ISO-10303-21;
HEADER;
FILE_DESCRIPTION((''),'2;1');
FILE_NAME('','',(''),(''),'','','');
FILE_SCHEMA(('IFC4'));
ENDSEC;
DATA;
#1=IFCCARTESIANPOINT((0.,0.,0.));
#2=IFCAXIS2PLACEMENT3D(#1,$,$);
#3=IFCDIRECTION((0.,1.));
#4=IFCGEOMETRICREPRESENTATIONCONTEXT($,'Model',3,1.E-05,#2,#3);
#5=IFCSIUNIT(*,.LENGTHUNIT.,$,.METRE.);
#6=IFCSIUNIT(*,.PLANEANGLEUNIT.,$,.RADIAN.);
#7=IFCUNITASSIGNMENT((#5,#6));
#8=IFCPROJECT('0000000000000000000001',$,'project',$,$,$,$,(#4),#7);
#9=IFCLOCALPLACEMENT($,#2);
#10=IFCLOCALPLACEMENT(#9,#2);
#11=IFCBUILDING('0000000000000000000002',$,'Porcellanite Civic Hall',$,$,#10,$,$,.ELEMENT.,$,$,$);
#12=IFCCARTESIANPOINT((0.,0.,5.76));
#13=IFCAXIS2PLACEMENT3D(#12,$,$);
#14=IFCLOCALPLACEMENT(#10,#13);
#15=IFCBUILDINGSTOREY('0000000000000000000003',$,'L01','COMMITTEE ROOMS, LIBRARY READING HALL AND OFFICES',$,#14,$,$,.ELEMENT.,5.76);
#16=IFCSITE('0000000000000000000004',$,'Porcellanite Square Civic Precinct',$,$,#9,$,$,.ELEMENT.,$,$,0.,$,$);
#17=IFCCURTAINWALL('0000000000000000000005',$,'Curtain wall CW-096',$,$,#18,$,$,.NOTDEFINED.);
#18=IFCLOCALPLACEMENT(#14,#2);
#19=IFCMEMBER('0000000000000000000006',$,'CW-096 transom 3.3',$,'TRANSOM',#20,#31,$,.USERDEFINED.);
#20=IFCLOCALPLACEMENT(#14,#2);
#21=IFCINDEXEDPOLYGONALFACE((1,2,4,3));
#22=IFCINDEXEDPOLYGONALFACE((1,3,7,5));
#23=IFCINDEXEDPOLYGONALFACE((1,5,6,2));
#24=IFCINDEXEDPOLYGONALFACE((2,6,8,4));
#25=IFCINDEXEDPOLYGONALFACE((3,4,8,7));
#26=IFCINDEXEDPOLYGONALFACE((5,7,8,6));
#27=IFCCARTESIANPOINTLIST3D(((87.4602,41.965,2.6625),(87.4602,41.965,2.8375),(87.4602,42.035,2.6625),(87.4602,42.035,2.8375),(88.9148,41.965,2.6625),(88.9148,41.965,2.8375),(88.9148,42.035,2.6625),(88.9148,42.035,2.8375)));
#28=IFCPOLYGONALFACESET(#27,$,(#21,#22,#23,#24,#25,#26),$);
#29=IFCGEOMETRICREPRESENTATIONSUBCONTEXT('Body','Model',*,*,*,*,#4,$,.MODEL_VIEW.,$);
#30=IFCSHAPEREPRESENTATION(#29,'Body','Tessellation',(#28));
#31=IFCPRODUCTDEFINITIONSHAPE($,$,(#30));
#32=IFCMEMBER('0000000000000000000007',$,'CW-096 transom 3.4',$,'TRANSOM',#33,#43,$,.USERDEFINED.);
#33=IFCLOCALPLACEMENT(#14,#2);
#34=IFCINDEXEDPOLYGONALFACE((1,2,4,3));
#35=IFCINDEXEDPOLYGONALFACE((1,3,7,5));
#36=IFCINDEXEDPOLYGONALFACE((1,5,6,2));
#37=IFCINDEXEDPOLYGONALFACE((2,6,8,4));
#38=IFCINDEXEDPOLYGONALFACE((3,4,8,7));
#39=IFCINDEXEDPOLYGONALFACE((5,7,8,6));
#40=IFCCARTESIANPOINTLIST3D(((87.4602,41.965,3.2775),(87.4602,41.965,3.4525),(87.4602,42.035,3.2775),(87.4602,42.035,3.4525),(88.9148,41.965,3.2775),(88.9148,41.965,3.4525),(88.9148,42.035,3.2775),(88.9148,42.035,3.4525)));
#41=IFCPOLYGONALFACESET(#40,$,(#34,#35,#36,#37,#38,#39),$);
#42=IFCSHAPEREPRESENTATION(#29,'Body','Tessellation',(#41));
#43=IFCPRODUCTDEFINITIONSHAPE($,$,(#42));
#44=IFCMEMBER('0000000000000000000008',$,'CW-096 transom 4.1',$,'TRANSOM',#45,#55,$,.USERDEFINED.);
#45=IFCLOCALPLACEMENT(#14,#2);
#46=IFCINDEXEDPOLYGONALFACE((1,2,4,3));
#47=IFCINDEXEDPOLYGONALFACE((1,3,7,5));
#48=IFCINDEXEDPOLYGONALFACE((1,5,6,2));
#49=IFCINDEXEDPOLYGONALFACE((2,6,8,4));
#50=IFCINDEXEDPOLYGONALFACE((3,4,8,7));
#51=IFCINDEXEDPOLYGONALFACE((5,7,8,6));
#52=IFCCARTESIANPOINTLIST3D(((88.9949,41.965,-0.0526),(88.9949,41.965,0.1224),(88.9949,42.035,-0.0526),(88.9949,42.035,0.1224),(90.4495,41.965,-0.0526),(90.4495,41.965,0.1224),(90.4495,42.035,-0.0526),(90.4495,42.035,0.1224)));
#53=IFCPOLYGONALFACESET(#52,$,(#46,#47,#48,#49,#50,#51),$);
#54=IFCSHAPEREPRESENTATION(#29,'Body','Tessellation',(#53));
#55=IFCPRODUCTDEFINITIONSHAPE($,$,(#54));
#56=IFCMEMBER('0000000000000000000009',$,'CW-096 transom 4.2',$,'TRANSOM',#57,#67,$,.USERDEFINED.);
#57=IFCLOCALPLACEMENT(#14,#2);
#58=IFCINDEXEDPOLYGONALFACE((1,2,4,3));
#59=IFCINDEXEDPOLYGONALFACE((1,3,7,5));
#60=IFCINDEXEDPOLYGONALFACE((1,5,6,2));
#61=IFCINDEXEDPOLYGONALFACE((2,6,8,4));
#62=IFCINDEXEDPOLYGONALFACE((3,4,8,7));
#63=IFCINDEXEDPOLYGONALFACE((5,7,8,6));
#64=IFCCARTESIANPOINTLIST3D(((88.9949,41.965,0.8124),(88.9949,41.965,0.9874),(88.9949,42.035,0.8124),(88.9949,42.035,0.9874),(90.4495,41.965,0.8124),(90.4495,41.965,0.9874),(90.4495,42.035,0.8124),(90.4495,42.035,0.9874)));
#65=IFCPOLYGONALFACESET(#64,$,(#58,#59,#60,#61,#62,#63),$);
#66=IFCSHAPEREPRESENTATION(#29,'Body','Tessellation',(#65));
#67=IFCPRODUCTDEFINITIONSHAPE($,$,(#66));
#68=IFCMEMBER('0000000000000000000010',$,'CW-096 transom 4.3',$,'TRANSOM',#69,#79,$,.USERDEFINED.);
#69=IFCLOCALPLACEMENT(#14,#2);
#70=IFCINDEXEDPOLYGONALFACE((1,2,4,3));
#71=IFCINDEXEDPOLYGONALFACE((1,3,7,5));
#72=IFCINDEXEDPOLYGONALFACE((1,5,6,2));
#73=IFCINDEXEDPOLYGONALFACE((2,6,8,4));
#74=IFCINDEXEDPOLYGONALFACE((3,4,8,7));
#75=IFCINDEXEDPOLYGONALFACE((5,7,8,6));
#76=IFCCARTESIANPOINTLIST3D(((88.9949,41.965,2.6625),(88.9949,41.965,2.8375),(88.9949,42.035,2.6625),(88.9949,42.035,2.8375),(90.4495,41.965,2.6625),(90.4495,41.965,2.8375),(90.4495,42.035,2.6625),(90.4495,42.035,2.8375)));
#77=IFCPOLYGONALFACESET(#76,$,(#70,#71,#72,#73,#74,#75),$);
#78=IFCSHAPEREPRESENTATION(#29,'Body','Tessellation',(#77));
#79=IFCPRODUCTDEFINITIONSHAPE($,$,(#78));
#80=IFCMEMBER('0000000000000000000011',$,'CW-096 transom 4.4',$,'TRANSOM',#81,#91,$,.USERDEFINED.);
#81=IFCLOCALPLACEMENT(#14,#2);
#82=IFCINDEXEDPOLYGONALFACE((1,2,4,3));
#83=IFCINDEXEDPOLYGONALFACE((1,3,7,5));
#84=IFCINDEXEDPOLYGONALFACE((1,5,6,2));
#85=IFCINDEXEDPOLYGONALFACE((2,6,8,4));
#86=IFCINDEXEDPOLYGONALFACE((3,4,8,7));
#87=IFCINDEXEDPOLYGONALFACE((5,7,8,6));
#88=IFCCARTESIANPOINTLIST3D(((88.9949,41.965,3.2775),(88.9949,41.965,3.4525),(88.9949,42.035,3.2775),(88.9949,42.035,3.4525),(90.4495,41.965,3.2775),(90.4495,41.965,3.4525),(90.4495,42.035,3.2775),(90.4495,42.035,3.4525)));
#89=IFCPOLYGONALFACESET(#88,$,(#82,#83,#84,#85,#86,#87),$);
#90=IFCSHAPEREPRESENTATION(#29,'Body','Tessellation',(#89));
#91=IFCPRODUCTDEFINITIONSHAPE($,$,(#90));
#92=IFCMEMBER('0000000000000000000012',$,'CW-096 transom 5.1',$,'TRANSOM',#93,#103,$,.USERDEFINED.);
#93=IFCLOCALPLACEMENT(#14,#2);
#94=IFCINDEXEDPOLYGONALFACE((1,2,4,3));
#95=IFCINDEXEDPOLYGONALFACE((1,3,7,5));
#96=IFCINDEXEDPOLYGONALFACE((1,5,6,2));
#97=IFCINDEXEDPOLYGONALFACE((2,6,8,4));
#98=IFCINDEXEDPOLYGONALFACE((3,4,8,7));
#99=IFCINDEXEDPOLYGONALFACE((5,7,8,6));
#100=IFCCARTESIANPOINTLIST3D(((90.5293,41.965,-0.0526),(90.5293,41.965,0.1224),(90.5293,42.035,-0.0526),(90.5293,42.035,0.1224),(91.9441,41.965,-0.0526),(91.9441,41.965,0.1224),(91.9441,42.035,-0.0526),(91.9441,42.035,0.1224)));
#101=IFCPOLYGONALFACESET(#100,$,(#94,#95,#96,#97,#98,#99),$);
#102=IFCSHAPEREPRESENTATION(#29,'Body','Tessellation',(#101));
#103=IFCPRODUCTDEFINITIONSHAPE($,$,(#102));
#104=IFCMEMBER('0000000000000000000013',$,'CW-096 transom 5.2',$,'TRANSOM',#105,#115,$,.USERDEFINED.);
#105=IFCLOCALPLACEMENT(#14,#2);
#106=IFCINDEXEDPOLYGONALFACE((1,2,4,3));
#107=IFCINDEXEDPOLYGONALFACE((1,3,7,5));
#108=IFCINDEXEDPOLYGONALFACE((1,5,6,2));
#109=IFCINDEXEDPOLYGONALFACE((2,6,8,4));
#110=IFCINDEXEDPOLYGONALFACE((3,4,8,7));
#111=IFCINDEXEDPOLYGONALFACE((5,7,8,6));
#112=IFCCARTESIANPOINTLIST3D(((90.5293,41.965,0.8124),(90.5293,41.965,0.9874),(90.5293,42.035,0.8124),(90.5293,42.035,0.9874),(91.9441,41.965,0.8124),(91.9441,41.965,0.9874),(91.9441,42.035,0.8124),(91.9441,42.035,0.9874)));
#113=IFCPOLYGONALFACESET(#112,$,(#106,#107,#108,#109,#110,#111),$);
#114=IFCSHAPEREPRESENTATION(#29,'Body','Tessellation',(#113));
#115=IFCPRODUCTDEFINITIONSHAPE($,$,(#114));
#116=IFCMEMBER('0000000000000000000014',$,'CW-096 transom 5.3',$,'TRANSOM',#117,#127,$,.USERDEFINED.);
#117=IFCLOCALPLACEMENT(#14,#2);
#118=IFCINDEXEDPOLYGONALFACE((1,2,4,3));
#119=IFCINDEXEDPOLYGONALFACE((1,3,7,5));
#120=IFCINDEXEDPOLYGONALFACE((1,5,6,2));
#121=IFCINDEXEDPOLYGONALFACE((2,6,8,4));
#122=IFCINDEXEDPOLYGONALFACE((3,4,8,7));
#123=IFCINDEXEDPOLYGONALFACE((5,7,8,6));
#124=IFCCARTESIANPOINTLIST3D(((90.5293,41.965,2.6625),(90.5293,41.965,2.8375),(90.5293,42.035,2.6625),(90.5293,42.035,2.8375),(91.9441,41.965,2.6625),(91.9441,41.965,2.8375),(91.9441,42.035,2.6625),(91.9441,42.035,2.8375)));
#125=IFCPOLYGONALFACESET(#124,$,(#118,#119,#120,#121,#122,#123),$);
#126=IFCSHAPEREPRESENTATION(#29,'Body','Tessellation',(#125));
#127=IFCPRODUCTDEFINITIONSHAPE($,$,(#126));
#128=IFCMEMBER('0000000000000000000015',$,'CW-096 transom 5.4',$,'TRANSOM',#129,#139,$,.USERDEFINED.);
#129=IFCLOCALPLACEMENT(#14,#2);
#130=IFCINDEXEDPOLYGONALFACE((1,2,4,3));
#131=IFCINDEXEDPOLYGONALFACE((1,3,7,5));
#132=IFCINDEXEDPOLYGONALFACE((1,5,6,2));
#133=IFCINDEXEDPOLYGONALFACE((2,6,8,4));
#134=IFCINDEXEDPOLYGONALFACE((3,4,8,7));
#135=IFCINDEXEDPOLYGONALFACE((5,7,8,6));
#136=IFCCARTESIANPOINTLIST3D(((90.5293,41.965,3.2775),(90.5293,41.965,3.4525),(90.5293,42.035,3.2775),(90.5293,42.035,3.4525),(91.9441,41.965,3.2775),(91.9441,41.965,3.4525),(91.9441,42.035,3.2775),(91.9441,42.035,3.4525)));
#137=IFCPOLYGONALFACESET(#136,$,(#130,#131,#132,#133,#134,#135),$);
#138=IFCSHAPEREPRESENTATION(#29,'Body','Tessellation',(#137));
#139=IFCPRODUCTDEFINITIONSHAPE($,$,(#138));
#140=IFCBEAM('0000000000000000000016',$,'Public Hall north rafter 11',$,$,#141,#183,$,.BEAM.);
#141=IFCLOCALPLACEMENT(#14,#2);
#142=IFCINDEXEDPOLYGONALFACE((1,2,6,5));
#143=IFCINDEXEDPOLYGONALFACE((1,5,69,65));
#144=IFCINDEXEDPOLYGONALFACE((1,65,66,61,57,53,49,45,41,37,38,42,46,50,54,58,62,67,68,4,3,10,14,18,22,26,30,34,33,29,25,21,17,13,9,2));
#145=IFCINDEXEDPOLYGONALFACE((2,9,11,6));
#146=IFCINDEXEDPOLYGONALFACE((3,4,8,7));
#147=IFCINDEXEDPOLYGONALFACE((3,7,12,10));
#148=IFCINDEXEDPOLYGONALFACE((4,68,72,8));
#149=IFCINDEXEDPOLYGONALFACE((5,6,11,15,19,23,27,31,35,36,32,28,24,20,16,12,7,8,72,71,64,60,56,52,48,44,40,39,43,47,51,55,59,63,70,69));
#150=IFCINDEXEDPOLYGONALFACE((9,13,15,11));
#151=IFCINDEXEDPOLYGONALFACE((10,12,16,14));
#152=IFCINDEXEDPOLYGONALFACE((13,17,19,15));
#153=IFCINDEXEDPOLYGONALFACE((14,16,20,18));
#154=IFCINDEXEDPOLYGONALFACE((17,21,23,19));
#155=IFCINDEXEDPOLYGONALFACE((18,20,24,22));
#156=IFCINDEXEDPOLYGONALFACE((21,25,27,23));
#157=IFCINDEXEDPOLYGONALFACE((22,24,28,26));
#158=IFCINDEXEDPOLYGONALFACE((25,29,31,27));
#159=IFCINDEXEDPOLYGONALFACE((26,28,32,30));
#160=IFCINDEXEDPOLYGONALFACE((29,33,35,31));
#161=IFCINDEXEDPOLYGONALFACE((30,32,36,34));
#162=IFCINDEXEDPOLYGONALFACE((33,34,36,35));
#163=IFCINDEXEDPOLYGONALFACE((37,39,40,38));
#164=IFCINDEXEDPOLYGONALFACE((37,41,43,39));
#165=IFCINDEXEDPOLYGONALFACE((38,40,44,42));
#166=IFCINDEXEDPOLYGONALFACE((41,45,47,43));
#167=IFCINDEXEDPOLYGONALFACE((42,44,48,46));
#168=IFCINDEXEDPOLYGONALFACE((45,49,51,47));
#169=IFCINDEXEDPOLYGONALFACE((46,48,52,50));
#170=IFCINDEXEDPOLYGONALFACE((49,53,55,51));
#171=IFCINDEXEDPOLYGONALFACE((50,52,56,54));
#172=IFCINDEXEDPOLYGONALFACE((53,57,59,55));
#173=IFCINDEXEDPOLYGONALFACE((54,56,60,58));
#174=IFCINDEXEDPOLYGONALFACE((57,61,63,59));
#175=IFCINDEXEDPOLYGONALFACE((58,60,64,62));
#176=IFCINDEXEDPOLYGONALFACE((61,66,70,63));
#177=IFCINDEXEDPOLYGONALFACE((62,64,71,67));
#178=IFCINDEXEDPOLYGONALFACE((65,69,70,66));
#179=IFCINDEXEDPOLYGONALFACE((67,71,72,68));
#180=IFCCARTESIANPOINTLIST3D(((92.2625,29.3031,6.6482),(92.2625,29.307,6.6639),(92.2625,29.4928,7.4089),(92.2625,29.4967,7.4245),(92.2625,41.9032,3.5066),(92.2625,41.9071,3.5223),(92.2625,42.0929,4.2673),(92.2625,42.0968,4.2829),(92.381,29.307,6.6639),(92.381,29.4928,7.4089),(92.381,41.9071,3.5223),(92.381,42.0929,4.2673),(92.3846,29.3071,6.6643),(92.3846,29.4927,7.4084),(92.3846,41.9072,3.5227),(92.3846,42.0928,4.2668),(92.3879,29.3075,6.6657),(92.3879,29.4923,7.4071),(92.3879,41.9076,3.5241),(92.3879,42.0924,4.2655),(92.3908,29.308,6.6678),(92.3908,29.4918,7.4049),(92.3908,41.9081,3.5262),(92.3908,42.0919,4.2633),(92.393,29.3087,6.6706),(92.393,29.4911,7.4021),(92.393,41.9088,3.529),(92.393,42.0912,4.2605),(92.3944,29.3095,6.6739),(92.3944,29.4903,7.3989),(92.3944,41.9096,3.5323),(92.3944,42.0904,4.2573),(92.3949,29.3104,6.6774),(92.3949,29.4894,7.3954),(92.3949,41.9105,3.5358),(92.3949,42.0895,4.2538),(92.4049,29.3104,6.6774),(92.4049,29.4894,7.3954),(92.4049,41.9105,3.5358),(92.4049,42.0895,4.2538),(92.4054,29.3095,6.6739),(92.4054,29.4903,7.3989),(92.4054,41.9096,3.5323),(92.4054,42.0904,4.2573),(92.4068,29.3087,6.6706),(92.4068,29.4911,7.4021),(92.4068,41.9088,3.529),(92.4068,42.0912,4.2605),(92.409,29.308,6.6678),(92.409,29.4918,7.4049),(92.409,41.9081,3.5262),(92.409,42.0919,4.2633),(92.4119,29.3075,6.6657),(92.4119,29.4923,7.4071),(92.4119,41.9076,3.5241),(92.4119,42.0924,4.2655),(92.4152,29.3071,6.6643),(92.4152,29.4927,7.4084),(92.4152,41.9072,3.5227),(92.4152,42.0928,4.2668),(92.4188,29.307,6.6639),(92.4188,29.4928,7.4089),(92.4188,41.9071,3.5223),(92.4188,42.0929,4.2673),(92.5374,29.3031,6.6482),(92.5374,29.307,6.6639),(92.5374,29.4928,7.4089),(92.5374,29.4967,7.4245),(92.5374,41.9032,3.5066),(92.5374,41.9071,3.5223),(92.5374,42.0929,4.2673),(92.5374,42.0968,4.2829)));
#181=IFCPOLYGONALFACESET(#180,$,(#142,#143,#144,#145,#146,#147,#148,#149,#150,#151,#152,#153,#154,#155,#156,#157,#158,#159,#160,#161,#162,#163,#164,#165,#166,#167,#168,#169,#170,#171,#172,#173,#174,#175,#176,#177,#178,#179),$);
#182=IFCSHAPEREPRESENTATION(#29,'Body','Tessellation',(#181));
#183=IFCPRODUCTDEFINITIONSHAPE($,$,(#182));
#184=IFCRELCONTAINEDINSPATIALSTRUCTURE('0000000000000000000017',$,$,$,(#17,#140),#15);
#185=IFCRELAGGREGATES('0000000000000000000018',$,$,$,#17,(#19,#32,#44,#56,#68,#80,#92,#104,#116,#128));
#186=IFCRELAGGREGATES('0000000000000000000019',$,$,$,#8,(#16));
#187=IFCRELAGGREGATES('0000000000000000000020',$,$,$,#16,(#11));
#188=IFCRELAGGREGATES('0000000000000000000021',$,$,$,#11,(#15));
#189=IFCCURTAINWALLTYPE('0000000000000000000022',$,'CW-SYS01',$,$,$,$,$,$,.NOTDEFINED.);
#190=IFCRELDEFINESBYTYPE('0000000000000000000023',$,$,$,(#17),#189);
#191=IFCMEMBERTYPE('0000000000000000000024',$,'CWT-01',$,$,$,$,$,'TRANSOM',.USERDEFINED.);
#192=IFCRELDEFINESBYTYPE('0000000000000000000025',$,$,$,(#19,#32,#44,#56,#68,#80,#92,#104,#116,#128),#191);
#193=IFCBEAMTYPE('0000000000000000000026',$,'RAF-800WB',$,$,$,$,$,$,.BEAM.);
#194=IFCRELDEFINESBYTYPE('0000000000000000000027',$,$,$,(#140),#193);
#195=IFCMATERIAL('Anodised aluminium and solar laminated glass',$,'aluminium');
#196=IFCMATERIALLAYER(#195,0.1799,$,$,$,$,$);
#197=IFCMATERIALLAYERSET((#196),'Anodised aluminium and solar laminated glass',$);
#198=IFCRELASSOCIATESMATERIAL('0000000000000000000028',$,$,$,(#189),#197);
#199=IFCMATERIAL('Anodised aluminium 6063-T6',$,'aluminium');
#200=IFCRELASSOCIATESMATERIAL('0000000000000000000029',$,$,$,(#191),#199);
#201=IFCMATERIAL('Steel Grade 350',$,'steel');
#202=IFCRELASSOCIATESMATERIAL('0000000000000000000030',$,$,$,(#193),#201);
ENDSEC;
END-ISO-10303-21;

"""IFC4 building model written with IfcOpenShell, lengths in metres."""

from ifc_helpers import new_model, si_unit, direction, frame, origin, origin_2d, place, context, subcontext, project, spatial, rectangle, i_section, extrude, material, layer, layer_set, material_profile, profile_set, type_object, element, aggregate, save


model = new_model("IFC4")

# Units and contexts
model_context = context("Model", 3, precision=1e-05, world=origin(), true_north=direction((0.0, 1.0)))
body_context = subcontext(model_context, "Body", "Model", "MODEL_VIEW")
ifc_project = project(units=[si_unit("LENGTHUNIT", "METRE"), si_unit("PLANEANGLEUNIT", "RADIAN")], contexts=[model_context])

# Site, building, storey
site_placement = place(None, origin())
site = spatial("IfcSite", under=ifc_project, at=site_placement, Name="Porcellanite Square Civic Precinct", CompositionType="ELEMENT", RefElevation=0.0)
building_placement = place(site_placement, origin())
building = spatial("IfcBuilding", under=site, at=building_placement, Name="Porcellanite Civic Hall", CompositionType="ELEMENT")
storey_placement = place(building_placement, frame((0.0, 0.0, 5.76)))
storey = spatial("IfcBuildingStorey", under=building, at=storey_placement, Name="L01", Description="COMMITTEE ROOMS, LIBRARY READING HALL AND OFFICES", CompositionType="ELEMENT", Elevation=5.76)

# Curtain wall, members
ifc_material_1 = material(Name="Anodised aluminium and solar laminated glass", Category="aluminium")
ifc_layer_1 = layer(ifc_material_1, 0.1799)
ifc_layer_set_1 = layer_set([ifc_layer_1], Name="Anodised aluminium and solar laminated glass")
curtain_wall_type = type_object("IfcCurtainWallType", Name="CW-SYS01", PredefinedType="NOTDEFINED", material=ifc_layer_set_1)
curtain_wall_placement = place(storey_placement, origin())
curtain_wall = element("IfcCurtainWall", 1, at=curtain_wall_placement, inside=storey, type_object=curtain_wall_type, Name="Curtain wall CW-096", PredefinedType="NOTDEFINED")
ifc_material_2 = material(Name="Anodised aluminium 6063-T6", Category="aluminium")
ifc_material_profile_1 = material_profile(ifc_material_2, rectangle(XDim=0.0701, YDim=0.175, at=origin_2d()), Name="AL-70x175")
ifc_profile_set_1 = profile_set([ifc_material_profile_1], Name="Anodised aluminium 6063-T6")
member_type_1 = type_object("IfcMemberType", Name="CWT-01", ElementType="TRANSOM", PredefinedType="USERDEFINED", material=ifc_profile_set_1)
member_1_placement = place(storey_placement, frame((87.4602, 42.0, 2.75), z_axis=(1.0, 0.0, 0.0), x_axis=(0.0, 1.0, 0.0)))
member_1 = element("IfcMember", 2, at=member_1_placement, type_object=member_type_1, Name="CW-096 transom 3.3", ObjectType="TRANSOM", PredefinedType="USERDEFINED", context=body_context, shape_type="SweptSolid", body=[
    extrude(rectangle(XDim=0.0701, YDim=0.175, at=origin_2d()), origin(), (0.0, 0.0, 1.0), 1.4546),
])
member_2_placement = place(storey_placement, frame((87.4602, 42.0, 3.365), z_axis=(1.0, 0.0, 0.0), x_axis=(0.0, 1.0, 0.0)))
member_2 = element("IfcMember", 3, at=member_2_placement, type_object=member_type_1, Name="CW-096 transom 3.4", ObjectType="TRANSOM", PredefinedType="USERDEFINED", context=body_context, shape_type="SweptSolid", body=[
    extrude(rectangle(XDim=0.0701, YDim=0.175, at=origin_2d()), origin(), (0.0, 0.0, 1.0), 1.4546),
])
member_3_placement = place(storey_placement, frame((88.9949, 42.0, 0.0349), z_axis=(1.0, 0.0, 0.0), x_axis=(0.0, 1.0, 0.0)))
member_3 = element("IfcMember", 4, at=member_3_placement, type_object=member_type_1, Name="CW-096 transom 4.1", ObjectType="TRANSOM", PredefinedType="USERDEFINED", context=body_context, shape_type="SweptSolid", body=[
    extrude(rectangle(XDim=0.0701, YDim=0.175, at=origin_2d()), origin(), (0.0, 0.0, 1.0), 1.4546),
])
member_4_placement = place(storey_placement, frame((88.9949, 42.0, 0.8999), z_axis=(1.0, 0.0, 0.0), x_axis=(0.0, 1.0, 0.0)))
member_4 = element("IfcMember", 5, at=member_4_placement, type_object=member_type_1, Name="CW-096 transom 4.2", ObjectType="TRANSOM", PredefinedType="USERDEFINED", context=body_context, shape_type="SweptSolid", body=[
    extrude(rectangle(XDim=0.0701, YDim=0.175, at=origin_2d()), origin(), (0.0, 0.0, 1.0), 1.4546),
])
member_5_placement = place(storey_placement, frame((88.9949, 42.0, 2.75), z_axis=(1.0, 0.0, 0.0), x_axis=(0.0, 1.0, 0.0)))
member_5 = element("IfcMember", 6, at=member_5_placement, type_object=member_type_1, Name="CW-096 transom 4.3", ObjectType="TRANSOM", PredefinedType="USERDEFINED", context=body_context, shape_type="SweptSolid", body=[
    extrude(rectangle(XDim=0.0701, YDim=0.175, at=origin_2d()), origin(), (0.0, 0.0, 1.0), 1.4546),
])
member_6_placement = place(storey_placement, frame((88.9949, 42.0, 3.365), z_axis=(1.0, 0.0, 0.0), x_axis=(0.0, 1.0, 0.0)))
member_6 = element("IfcMember", 7, at=member_6_placement, type_object=member_type_1, Name="CW-096 transom 4.4", ObjectType="TRANSOM", PredefinedType="USERDEFINED", context=body_context, shape_type="SweptSolid", body=[
    extrude(rectangle(XDim=0.0701, YDim=0.175, at=origin_2d()), origin(), (0.0, 0.0, 1.0), 1.4546),
])
member_7_placement = place(storey_placement, frame((90.5293, 42.0, 0.0349), z_axis=(1.0, 0.0, 0.0), x_axis=(0.0, 1.0, 0.0)))
member_7 = element("IfcMember", 8, at=member_7_placement, type_object=member_type_1, Name="CW-096 transom 5.1", ObjectType="TRANSOM", PredefinedType="USERDEFINED", context=body_context, shape_type="SweptSolid", body=[
    extrude(rectangle(XDim=0.0701, YDim=0.175, at=origin_2d()), origin(), (0.0, 0.0, 1.0), 1.4148),
])
member_8_placement = place(storey_placement, frame((90.5293, 42.0, 0.8999), z_axis=(1.0, 0.0, 0.0), x_axis=(0.0, 1.0, 0.0)))
member_8 = element("IfcMember", 9, at=member_8_placement, type_object=member_type_1, Name="CW-096 transom 5.2", ObjectType="TRANSOM", PredefinedType="USERDEFINED", context=body_context, shape_type="SweptSolid", body=[
    extrude(rectangle(XDim=0.0701, YDim=0.175, at=origin_2d()), origin(), (0.0, 0.0, 1.0), 1.4148),
])
member_9_placement = place(storey_placement, frame((90.5293, 42.0, 2.75), z_axis=(1.0, 0.0, 0.0), x_axis=(0.0, 1.0, 0.0)))
member_9 = element("IfcMember", 10, at=member_9_placement, type_object=member_type_1, Name="CW-096 transom 5.3", ObjectType="TRANSOM", PredefinedType="USERDEFINED", context=body_context, shape_type="SweptSolid", body=[
    extrude(rectangle(XDim=0.0701, YDim=0.175, at=origin_2d()), origin(), (0.0, 0.0, 1.0), 1.4148),
])
member_10_placement = place(storey_placement, frame((90.5293, 42.0, 3.365), z_axis=(1.0, 0.0, 0.0), x_axis=(0.0, 1.0, 0.0)))
member_10 = element("IfcMember", 11, at=member_10_placement, type_object=member_type_1, Name="CW-096 transom 5.4", ObjectType="TRANSOM", PredefinedType="USERDEFINED", context=body_context, shape_type="SweptSolid", body=[
    extrude(rectangle(XDim=0.0701, YDim=0.175, at=origin_2d()), origin(), (0.0, 0.0, 1.0), 1.4148),
])

# Beam
ifc_material_3 = material(Name="Steel Grade 350", Category="steel")
ifc_material_profile_2 = material_profile(ifc_material_3, i_section(OverallWidth=0.2749, OverallDepth=0.8, WebThickness=0.01, FlangeThickness=0.0161, FilletRadius=0.0139, at=origin_2d()), Name="800WB146")
ifc_profile_set_2 = profile_set([ifc_material_profile_2], Name="Steel Grade 350")
beam_type = type_object("IfcBeamType", Name="RAF-800WB", PredefinedType="BEAM", material=ifc_profile_set_2)
beam_placement = place(storey_placement, frame((92.3999, 29.3999, 7.0364), z_axis=(0.0, 0.970295, -0.241925), x_axis=(-1.0, 0.0, 0.0)))
element("IfcBeam", 12, at=beam_placement, inside=storey, type_object=beam_type, Name="Public Hall north rafter 11", PredefinedType="BEAM", context=body_context, shape_type="SweptSolid", body=[
    extrude(i_section(OverallWidth=0.2749, OverallDepth=0.8, WebThickness=0.01, FlangeThickness=0.0161, FilletRadius=0.0139, at=origin_2d()), origin(), (0.0, 0.0, 1.0), 12.9858),
])

aggregate(curtain_wall, [member_1, member_2, member_3, member_4, member_5, member_6, member_7, member_8, member_9, member_10])

save(model, "model.ifc")
